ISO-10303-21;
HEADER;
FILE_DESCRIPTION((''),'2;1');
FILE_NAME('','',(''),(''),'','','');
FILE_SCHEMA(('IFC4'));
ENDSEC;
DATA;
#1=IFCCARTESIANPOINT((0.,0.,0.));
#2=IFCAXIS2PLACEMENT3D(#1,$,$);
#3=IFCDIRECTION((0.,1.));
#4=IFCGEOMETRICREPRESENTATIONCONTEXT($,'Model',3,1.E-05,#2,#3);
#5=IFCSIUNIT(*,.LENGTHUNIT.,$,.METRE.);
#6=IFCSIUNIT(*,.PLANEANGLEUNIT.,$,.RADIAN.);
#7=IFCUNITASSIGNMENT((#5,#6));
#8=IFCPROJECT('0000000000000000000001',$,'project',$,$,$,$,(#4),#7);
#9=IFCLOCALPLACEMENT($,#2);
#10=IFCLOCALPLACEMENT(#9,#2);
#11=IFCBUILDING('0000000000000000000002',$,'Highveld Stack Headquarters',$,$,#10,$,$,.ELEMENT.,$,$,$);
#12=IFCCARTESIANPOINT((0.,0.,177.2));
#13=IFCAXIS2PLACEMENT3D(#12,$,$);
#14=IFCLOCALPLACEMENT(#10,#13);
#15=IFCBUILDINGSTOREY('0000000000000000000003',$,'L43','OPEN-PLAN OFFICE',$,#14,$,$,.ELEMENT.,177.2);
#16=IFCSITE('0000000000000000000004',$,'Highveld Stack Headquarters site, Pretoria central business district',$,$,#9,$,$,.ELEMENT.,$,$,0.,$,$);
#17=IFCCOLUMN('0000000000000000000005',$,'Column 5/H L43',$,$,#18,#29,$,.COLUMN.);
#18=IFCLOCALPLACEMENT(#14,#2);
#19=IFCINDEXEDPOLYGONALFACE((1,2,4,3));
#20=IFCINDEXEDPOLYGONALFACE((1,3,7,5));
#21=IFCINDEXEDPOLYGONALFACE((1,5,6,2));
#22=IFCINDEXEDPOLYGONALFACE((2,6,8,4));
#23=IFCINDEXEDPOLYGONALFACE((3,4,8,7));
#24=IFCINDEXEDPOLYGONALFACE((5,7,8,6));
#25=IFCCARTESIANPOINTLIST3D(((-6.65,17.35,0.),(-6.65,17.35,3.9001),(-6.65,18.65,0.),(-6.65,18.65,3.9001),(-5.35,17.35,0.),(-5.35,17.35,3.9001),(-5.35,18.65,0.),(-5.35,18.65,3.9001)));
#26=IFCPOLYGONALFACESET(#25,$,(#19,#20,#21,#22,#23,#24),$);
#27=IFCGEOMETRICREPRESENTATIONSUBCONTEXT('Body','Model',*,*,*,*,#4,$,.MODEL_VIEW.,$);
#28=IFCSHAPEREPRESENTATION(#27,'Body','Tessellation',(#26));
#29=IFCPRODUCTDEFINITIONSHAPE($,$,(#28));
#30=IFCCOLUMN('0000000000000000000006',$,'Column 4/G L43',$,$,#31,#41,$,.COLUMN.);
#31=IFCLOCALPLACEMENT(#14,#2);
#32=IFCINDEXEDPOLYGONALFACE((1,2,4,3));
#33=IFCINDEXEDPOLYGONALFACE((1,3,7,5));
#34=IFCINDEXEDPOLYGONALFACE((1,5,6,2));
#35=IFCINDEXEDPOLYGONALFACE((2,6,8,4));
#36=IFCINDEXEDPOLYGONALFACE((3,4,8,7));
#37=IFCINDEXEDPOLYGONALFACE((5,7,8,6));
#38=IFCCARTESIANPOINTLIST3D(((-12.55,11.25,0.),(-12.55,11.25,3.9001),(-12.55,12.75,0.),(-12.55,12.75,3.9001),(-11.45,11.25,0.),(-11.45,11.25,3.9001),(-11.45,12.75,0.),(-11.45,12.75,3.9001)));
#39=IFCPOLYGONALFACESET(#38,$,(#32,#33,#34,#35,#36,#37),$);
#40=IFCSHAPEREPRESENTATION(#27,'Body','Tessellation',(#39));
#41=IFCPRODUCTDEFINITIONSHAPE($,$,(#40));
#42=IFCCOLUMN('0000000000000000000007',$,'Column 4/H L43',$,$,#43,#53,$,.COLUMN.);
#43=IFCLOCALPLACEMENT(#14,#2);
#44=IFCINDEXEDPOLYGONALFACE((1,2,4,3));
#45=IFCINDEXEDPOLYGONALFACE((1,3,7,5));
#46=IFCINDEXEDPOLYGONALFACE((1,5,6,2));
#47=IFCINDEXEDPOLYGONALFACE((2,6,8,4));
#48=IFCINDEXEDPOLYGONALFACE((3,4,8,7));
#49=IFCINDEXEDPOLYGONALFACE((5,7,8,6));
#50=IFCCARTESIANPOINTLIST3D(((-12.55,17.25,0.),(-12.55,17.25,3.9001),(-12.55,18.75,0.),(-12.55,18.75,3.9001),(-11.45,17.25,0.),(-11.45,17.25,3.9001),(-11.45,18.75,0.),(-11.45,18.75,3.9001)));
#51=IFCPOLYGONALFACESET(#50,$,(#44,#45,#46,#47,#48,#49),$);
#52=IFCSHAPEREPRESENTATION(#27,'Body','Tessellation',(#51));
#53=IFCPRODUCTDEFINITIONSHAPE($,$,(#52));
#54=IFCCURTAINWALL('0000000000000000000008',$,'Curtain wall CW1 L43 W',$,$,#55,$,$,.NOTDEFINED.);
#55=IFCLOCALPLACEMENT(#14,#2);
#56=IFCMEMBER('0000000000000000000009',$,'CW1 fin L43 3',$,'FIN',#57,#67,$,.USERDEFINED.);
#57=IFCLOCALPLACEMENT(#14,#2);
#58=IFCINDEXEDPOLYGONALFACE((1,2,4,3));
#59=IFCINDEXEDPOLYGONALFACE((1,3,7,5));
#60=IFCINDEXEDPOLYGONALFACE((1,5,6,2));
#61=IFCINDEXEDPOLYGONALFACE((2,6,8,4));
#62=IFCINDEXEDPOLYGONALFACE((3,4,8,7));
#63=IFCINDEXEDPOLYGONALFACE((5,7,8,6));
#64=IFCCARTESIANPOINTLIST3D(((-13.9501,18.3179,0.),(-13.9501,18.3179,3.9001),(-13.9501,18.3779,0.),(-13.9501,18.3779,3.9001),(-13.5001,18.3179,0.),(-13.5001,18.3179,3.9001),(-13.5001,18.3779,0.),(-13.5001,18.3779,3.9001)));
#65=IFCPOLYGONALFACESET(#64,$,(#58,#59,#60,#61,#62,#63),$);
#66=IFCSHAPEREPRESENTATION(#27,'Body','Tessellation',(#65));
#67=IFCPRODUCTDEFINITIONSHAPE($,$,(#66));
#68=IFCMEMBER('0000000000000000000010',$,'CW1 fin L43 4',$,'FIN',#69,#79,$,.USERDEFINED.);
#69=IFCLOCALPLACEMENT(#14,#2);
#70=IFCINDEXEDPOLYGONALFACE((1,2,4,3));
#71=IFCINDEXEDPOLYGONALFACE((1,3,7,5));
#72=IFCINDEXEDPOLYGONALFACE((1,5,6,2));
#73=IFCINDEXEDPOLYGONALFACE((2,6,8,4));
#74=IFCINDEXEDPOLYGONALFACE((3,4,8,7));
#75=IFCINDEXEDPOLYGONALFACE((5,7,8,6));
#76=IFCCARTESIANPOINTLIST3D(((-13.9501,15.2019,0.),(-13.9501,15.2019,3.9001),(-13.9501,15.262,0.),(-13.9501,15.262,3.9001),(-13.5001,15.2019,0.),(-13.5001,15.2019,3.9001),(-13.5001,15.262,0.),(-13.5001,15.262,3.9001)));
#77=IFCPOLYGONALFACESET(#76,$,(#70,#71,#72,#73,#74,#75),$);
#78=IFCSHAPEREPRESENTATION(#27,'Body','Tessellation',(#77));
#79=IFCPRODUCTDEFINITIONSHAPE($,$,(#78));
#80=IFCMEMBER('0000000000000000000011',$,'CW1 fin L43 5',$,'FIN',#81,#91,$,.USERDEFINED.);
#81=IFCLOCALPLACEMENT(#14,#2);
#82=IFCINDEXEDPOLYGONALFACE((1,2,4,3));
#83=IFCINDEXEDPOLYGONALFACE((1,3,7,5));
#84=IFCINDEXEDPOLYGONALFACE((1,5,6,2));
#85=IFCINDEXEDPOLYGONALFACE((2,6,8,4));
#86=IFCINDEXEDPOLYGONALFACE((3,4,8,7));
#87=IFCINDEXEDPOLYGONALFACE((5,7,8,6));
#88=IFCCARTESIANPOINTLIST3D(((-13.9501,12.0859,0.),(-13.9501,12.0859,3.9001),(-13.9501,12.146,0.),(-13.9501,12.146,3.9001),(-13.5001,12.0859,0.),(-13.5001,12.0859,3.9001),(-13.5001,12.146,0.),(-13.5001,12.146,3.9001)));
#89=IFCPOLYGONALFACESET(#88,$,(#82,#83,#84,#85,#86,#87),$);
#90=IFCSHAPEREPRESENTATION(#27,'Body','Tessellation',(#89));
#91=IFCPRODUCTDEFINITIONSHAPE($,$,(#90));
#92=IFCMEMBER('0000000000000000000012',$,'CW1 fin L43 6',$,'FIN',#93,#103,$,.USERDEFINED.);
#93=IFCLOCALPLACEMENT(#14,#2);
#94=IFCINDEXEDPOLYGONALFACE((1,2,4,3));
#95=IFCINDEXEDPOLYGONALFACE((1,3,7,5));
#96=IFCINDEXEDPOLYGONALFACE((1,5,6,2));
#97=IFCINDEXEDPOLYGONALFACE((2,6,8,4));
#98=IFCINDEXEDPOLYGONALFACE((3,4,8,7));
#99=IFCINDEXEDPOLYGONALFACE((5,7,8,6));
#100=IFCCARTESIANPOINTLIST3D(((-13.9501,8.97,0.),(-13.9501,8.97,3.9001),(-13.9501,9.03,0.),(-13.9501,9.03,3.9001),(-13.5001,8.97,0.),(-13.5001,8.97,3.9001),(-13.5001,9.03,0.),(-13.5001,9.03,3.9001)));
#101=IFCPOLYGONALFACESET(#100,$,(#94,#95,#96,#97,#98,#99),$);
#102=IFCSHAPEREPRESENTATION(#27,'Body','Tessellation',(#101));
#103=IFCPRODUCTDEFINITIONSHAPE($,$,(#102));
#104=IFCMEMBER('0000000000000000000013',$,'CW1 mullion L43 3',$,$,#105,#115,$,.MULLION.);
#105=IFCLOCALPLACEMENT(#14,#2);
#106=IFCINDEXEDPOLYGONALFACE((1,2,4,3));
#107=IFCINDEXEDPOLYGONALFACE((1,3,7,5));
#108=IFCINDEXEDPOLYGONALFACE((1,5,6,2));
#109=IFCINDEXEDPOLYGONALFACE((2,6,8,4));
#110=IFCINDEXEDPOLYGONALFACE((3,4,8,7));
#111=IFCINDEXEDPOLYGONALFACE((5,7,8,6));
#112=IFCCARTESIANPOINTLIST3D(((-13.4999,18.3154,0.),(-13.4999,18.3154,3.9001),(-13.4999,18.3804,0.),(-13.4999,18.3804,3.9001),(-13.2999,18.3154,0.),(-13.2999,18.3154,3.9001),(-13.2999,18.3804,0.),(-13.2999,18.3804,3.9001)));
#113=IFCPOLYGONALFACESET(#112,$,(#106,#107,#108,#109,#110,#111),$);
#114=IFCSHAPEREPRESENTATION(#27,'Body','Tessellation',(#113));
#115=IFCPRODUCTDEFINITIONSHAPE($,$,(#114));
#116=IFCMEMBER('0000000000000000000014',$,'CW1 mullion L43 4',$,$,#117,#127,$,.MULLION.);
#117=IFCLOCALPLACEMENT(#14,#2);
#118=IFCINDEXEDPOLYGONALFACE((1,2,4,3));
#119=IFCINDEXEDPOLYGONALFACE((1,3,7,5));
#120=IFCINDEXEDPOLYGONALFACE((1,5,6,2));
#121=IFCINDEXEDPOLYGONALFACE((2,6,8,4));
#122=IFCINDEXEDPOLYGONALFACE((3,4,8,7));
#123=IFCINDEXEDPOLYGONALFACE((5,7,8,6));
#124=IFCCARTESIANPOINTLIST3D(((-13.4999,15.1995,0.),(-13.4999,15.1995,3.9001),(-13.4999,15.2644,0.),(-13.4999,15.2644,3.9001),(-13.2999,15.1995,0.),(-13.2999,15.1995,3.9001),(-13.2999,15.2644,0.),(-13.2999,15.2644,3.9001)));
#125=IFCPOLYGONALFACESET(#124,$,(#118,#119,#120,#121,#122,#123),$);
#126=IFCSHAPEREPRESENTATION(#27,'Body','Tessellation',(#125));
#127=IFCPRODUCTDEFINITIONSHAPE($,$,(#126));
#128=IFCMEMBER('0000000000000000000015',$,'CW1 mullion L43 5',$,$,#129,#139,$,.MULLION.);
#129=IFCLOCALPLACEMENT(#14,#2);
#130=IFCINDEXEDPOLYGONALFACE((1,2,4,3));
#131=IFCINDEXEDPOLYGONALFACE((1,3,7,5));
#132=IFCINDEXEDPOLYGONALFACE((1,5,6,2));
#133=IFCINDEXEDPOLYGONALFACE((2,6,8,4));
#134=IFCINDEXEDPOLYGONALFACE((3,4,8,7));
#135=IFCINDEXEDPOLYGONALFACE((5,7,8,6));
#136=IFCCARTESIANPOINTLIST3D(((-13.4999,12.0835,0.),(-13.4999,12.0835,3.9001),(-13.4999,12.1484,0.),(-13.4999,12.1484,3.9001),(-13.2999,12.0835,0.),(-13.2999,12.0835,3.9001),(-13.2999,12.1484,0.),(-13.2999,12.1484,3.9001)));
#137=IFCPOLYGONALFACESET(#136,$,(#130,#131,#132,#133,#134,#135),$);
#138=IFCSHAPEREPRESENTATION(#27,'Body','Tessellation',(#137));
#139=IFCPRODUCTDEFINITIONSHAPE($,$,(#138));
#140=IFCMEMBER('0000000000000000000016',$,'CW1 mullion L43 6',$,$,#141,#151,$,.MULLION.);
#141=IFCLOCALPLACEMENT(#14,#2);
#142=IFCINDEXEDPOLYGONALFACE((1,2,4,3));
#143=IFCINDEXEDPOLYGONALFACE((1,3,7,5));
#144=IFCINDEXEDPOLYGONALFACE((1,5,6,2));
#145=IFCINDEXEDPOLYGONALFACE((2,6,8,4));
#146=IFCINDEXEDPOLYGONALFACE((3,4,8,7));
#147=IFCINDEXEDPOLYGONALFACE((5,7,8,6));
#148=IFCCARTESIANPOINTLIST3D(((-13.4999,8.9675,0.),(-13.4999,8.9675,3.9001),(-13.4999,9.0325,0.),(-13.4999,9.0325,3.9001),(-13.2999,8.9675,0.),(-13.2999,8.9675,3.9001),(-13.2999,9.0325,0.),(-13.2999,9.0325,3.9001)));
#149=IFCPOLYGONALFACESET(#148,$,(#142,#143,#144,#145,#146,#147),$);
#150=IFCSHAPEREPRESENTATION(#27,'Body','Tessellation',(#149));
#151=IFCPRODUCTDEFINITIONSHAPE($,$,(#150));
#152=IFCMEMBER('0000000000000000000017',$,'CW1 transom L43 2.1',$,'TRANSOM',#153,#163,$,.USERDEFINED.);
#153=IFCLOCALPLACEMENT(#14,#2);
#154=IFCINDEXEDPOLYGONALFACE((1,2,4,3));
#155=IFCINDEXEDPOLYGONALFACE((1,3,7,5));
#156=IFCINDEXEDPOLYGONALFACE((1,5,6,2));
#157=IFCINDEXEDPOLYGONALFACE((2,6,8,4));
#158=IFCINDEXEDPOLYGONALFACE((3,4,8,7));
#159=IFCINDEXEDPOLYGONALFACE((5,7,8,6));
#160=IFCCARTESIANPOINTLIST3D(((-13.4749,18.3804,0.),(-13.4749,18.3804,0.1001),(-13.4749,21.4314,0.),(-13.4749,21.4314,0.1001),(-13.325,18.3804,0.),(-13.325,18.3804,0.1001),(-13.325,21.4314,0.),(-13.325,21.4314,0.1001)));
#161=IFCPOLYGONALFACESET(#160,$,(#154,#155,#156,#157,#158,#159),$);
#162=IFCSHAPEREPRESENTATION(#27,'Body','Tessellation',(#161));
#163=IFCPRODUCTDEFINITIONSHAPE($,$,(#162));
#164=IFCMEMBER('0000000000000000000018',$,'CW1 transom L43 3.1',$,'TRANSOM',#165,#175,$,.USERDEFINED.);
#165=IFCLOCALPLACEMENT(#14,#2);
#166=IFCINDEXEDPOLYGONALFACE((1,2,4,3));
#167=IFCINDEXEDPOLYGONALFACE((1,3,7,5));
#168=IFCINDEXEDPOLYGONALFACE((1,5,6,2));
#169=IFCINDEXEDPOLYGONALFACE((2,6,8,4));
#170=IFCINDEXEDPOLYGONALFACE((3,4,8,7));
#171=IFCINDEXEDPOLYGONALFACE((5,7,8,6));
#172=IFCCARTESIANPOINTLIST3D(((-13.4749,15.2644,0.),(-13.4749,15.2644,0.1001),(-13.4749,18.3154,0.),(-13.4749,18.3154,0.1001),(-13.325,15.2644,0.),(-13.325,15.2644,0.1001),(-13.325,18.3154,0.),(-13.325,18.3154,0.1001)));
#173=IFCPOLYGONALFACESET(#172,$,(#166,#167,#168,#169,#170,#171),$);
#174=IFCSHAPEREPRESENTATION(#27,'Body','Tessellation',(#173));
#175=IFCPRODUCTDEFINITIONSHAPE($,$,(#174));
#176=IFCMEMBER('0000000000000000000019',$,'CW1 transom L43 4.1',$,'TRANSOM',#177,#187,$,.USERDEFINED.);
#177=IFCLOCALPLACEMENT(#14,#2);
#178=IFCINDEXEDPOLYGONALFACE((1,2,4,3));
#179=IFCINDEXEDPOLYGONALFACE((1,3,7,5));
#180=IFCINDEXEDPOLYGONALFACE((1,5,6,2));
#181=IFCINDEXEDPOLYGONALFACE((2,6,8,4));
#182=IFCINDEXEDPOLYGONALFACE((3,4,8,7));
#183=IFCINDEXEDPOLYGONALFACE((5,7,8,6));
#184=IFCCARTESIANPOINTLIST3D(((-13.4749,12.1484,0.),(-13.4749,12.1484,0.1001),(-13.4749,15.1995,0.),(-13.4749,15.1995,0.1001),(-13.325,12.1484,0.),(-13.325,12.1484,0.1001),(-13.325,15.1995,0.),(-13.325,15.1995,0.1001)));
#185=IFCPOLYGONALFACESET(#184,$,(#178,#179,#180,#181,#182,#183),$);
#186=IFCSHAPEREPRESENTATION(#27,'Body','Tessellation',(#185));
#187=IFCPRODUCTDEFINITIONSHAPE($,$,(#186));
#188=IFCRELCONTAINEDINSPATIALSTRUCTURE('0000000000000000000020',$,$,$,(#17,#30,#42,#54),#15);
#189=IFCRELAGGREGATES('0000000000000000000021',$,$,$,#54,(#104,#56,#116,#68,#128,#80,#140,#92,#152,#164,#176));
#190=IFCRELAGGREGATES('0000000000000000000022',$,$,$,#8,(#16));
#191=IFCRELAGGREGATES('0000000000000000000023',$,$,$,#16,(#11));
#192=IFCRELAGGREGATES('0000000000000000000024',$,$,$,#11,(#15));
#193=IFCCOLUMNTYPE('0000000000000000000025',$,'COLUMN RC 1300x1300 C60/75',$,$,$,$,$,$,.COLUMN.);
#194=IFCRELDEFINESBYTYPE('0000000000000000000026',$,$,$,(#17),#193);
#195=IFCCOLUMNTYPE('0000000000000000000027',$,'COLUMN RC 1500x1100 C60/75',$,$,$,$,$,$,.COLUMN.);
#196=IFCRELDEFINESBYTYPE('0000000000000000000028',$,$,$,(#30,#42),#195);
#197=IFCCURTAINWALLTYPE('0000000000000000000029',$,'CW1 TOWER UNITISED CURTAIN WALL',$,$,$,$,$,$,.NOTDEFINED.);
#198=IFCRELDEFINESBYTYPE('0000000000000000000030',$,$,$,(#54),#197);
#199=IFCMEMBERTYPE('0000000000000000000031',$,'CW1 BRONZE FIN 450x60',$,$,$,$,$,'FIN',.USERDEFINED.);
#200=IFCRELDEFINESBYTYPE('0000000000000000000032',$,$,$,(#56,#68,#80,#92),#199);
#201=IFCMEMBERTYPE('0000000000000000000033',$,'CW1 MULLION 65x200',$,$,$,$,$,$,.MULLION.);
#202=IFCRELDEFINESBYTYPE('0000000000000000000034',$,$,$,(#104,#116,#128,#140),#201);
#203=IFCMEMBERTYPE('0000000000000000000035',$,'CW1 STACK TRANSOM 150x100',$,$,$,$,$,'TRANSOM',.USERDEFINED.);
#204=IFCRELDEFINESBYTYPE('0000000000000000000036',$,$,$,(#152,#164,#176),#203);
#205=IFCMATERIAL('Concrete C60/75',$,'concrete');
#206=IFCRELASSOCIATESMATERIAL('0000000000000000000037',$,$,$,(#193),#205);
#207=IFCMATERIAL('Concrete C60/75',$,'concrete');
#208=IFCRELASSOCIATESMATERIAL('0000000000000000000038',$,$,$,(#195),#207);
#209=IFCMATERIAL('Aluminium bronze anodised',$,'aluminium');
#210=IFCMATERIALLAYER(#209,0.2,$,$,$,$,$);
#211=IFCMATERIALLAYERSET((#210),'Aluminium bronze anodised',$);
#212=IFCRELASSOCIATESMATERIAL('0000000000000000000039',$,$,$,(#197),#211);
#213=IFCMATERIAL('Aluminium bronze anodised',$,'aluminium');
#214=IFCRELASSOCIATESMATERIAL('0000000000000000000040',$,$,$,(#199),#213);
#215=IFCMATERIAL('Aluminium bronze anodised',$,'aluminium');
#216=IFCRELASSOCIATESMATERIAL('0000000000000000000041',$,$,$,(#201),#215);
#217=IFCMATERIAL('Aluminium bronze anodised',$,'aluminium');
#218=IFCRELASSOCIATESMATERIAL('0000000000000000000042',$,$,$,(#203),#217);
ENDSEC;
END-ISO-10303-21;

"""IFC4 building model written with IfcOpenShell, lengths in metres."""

from ifc_helpers import new_model, si_unit, direction, frame, origin, origin_2d, place, context, subcontext, project, spatial, rectangle, extrude, material, layer, layer_set, material_profile, profile_set, type_object, element, aggregate, save


model = new_model("IFC4")

# Units and contexts
model_context = context("Model", 3, precision=1e-05, world=origin(), true_north=direction((0.0, 1.0)))
body_context = subcontext(model_context, "Body", "Model", "MODEL_VIEW")
ifc_project = project(units=[si_unit("LENGTHUNIT", "METRE"), si_unit("PLANEANGLEUNIT", "RADIAN")], contexts=[model_context])

# Site, building, storey
site_placement = place(None, origin())
site = spatial("IfcSite", under=ifc_project, at=site_placement, Name="Highveld Stack Headquarters site, Pretoria central business district", CompositionType="ELEMENT", RefElevation=0.0)
building_placement = place(site_placement, origin())
building = spatial("IfcBuilding", under=site, at=building_placement, Name="Highveld Stack Headquarters", CompositionType="ELEMENT")
storey_placement = place(building_placement, frame((0.0, 0.0, 177.2)))
storey = spatial("IfcBuildingStorey", under=building, at=storey_placement, Name="L43", Description="OPEN-PLAN OFFICE", CompositionType="ELEMENT", Elevation=177.2)

# Columns
ifc_material_1 = material(Name="Concrete C60/75", Category="concrete")
ifc_material_profile_1 = material_profile(ifc_material_1, rectangle(XDim=1.3, YDim=1.3, at=origin_2d()), Name="RC 1300x1300")
ifc_profile_set_1 = profile_set([ifc_material_profile_1], Name="Concrete C60/75")
column_type_1 = type_object("IfcColumnType", Name="COLUMN RC 1300x1300 C60/75", PredefinedType="COLUMN", material=ifc_profile_set_1)
column_placement = place(storey_placement, frame((-6.0, 18.0, 0.0), z_axis=(0.0, 0.0, 1.0), x_axis=(1.0, 0.0, 0.0)))
element("IfcColumn", 1, at=column_placement, inside=storey, type_object=column_type_1, Name="Column 5/H L43", PredefinedType="COLUMN", context=body_context, shape_type="SweptSolid", body=[
    extrude(rectangle(XDim=1.3, YDim=1.3, at=origin_2d()), origin(), (0.0, 0.0, 1.0), 3.9001),
])
ifc_material_2 = material(Name="Concrete C60/75", Category="concrete")
ifc_material_profile_2 = material_profile(ifc_material_2, rectangle(XDim=1.5, YDim=1.1001, at=origin_2d()), Name="RC 1500x1100")
ifc_profile_set_2 = profile_set([ifc_material_profile_2], Name="Concrete C60/75")
column_type_2 = type_object("IfcColumnType", Name="COLUMN RC 1500x1100 C60/75", PredefinedType="COLUMN", material=ifc_profile_set_2)
for number, where, z_axis, x_axis, name in (
    (2, (-12.0, 12.0, 0.0), (0.0, 0.0, 1.0), (0.0, 1.0, 0.0), "Column 4/G L43"),
    (3, (-12.0, 18.0, 0.0), (0.0, 0.0, 1.0), (0.0, 1.0, 0.0), "Column 4/H L43"),
):
    element("IfcColumn", number, at=place(storey_placement, frame(where, z_axis=z_axis, x_axis=x_axis)), inside=storey, type_object=column_type_2, Name=name, PredefinedType="COLUMN", context=body_context, shape_type="SweptSolid", body=[
        extrude(rectangle(XDim=1.5, YDim=1.1001, at=origin_2d()), origin(), (0.0, 0.0, 1.0), 3.9001),
    ])

# Curtain wall, members
ifc_material_3 = material(Name="Aluminium bronze anodised", Category="aluminium")
ifc_layer_1 = layer(ifc_material_3, 0.2)
ifc_layer_set_1 = layer_set([ifc_layer_1], Name="Aluminium bronze anodised")
curtain_wall_type = type_object("IfcCurtainWallType", Name="CW1 TOWER UNITISED CURTAIN WALL", PredefinedType="NOTDEFINED", material=ifc_layer_set_1)
curtain_wall_placement = place(storey_placement, origin())
curtain_wall = element("IfcCurtainWall", 4, at=curtain_wall_placement, inside=storey, type_object=curtain_wall_type, Name="Curtain wall CW1 L43 W", PredefinedType="NOTDEFINED")
ifc_material_4 = material(Name="Aluminium bronze anodised", Category="aluminium")
ifc_material_profile_3 = material_profile(ifc_material_4, rectangle(XDim=0.45, YDim=0.0601, at=origin_2d()), Name="FIN 450x60")
ifc_profile_set_3 = profile_set([ifc_material_profile_3], Name="Aluminium bronze anodised")
member_type_1 = type_object("IfcMemberType", Name="CW1 BRONZE FIN 450x60", ElementType="FIN", PredefinedType="USERDEFINED", material=ifc_profile_set_3)
member_1_placement = place(storey_placement, frame((-13.7251, 18.3479, 0.0), z_axis=(0.0, 0.0, 1.0), x_axis=(1.0, 0.0, 0.0)))
member_1 = element("IfcMember", 5, at=member_1_placement, type_object=member_type_1, Name="CW1 fin L43 3", ObjectType="FIN", PredefinedType="USERDEFINED", context=body_context, shape_type="SweptSolid", body=[
    extrude(rectangle(XDim=0.45, YDim=0.0601, at=origin_2d()), origin(), (0.0, 0.0, 1.0), 3.9001),
])
member_2_placement = place(storey_placement, frame((-13.7251, 15.2319, 0.0), z_axis=(0.0, 0.0, 1.0), x_axis=(1.0, 0.0, 0.0)))
member_2 = element("IfcMember", 6, at=member_2_placement, type_object=member_type_1, Name="CW1 fin L43 4", ObjectType="FIN", PredefinedType="USERDEFINED", context=body_context, shape_type="SweptSolid", body=[
    extrude(rectangle(XDim=0.45, YDim=0.0601, at=origin_2d()), origin(), (0.0, 0.0, 1.0), 3.9001),
])
member_3_placement = place(storey_placement, frame((-13.7251, 12.116, 0.0), z_axis=(0.0, 0.0, 1.0), x_axis=(1.0, 0.0, 0.0)))
member_3 = element("IfcMember", 7, at=member_3_placement, type_object=member_type_1, Name="CW1 fin L43 5", ObjectType="FIN", PredefinedType="USERDEFINED", context=body_context, shape_type="SweptSolid", body=[
    extrude(rectangle(XDim=0.45, YDim=0.0601, at=origin_2d()), origin(), (0.0, 0.0, 1.0), 3.9001),
])
member_4_placement = place(storey_placement, frame((-13.7251, 9.0, 0.0), z_axis=(0.0, 0.0, 1.0), x_axis=(1.0, 0.0, 0.0)))
member_4 = element("IfcMember", 8, at=member_4_placement, type_object=member_type_1, Name="CW1 fin L43 6", ObjectType="FIN", PredefinedType="USERDEFINED", context=body_context, shape_type="SweptSolid", body=[
    extrude(rectangle(XDim=0.45, YDim=0.0601, at=origin_2d()), origin(), (0.0, 0.0, 1.0), 3.9001),
])
ifc_material_5 = material(Name="Aluminium bronze anodised", Category="aluminium")
ifc_material_profile_4 = material_profile(ifc_material_5, rectangle(XDim=0.2, YDim=0.0649, at=origin_2d()), Name="CW1 MULLION 65x200")
ifc_profile_set_4 = profile_set([ifc_material_profile_4], Name="Aluminium bronze anodised")
member_type_2 = type_object("IfcMemberType", Name="CW1 MULLION 65x200", PredefinedType="MULLION", material=ifc_profile_set_4)
member_5_placement = place(storey_placement, frame((-13.3999, 18.3479, 0.0), z_axis=(0.0, 0.0, 1.0), x_axis=(1.0, 0.0, 0.0)))
member_5 = element("IfcMember", 9, at=member_5_placement, type_object=member_type_2, Name="CW1 mullion L43 3", PredefinedType="MULLION", context=body_context, shape_type="SweptSolid", body=[
    extrude(rectangle(XDim=0.2, YDim=0.0649, at=origin_2d()), origin(), (0.0, 0.0, 1.0), 3.9001),
])
member_6_placement = place(storey_placement, frame((-13.3999, 15.2319, 0.0), z_axis=(0.0, 0.0, 1.0), x_axis=(1.0, 0.0, 0.0)))
member_6 = element("IfcMember", 10, at=member_6_placement, type_object=member_type_2, Name="CW1 mullion L43 4", PredefinedType="MULLION", context=body_context, shape_type="SweptSolid", body=[
    extrude(rectangle(XDim=0.2, YDim=0.0649, at=origin_2d()), origin(), (0.0, 0.0, 1.0), 3.9001),
])
member_7_placement = place(storey_placement, frame((-13.3999, 12.116, 0.0), z_axis=(0.0, 0.0, 1.0), x_axis=(1.0, 0.0, 0.0)))
member_7 = element("IfcMember", 11, at=member_7_placement, type_object=member_type_2, Name="CW1 mullion L43 5", PredefinedType="MULLION", context=body_context, shape_type="SweptSolid", body=[
    extrude(rectangle(XDim=0.2, YDim=0.0649, at=origin_2d()), origin(), (0.0, 0.0, 1.0), 3.9001),
])
member_8_placement = place(storey_placement, frame((-13.3999, 9.0, 0.0), z_axis=(0.0, 0.0, 1.0), x_axis=(1.0, 0.0, 0.0)))
member_8 = element("IfcMember", 12, at=member_8_placement, type_object=member_type_2, Name="CW1 mullion L43 6", PredefinedType="MULLION", context=body_context, shape_type="SweptSolid", body=[
    extrude(rectangle(XDim=0.2, YDim=0.0649, at=origin_2d()), origin(), (0.0, 0.0, 1.0), 3.9001),
])
ifc_material_6 = material(Name="Aluminium bronze anodised", Category="aluminium")
ifc_material_profile_5 = material_profile(ifc_material_6, rectangle(XDim=0.1499, YDim=0.1001, at=origin_2d()), Name="CW1 TRANSOM 150x100")
ifc_profile_set_5 = profile_set([ifc_material_profile_5], Name="Aluminium bronze anodised")
member_type_3 = type_object("IfcMemberType", Name="CW1 STACK TRANSOM 150x100", ElementType="TRANSOM", PredefinedType="USERDEFINED", material=ifc_profile_set_5)
member_9_placement = place(storey_placement, frame((-13.3999, 21.4314, 0.05), z_axis=(0.0, -1.0, 0.0), x_axis=(1.0, 0.0, 0.0)))
member_9 = element("IfcMember", 13, at=member_9_placement, type_object=member_type_3, Name="CW1 transom L43 2.1", ObjectType="TRANSOM", PredefinedType="USERDEFINED", context=body_context, shape_type="SweptSolid", body=[
    extrude(rectangle(XDim=0.1499, YDim=0.1001, at=origin_2d()), origin(), (0.0, 0.0, 1.0), 3.051),
])
member_10_placement = place(storey_placement, frame((-13.3999, 18.3154, 0.05), z_axis=(0.0, -1.0, 0.0), x_axis=(1.0, 0.0, 0.0)))
member_10 = element("IfcMember", 14, at=member_10_placement, type_object=member_type_3, Name="CW1 transom L43 3.1", ObjectType="TRANSOM", PredefinedType="USERDEFINED", context=body_context, shape_type="SweptSolid", body=[
    extrude(rectangle(XDim=0.1499, YDim=0.1001, at=origin_2d()), origin(), (0.0, 0.0, 1.0), 3.051),
])
member_11_placement = place(storey_placement, frame((-13.3999, 15.1995, 0.05), z_axis=(0.0, -1.0, 0.0), x_axis=(1.0, 0.0, 0.0)))
member_11 = element("IfcMember", 15, at=member_11_placement, type_object=member_type_3, Name="CW1 transom L43 4.1", ObjectType="TRANSOM", PredefinedType="USERDEFINED", context=body_context, shape_type="SweptSolid", body=[
    extrude(rectangle(XDim=0.1499, YDim=0.1001, at=origin_2d()), origin(), (0.0, 0.0, 1.0), 3.051),
])
aggregate(curtain_wall, [member_5, member_1, member_6, member_2, member_7, member_3, member_8, member_4, member_9, member_10, member_11])

save(model, "model.ifc")
